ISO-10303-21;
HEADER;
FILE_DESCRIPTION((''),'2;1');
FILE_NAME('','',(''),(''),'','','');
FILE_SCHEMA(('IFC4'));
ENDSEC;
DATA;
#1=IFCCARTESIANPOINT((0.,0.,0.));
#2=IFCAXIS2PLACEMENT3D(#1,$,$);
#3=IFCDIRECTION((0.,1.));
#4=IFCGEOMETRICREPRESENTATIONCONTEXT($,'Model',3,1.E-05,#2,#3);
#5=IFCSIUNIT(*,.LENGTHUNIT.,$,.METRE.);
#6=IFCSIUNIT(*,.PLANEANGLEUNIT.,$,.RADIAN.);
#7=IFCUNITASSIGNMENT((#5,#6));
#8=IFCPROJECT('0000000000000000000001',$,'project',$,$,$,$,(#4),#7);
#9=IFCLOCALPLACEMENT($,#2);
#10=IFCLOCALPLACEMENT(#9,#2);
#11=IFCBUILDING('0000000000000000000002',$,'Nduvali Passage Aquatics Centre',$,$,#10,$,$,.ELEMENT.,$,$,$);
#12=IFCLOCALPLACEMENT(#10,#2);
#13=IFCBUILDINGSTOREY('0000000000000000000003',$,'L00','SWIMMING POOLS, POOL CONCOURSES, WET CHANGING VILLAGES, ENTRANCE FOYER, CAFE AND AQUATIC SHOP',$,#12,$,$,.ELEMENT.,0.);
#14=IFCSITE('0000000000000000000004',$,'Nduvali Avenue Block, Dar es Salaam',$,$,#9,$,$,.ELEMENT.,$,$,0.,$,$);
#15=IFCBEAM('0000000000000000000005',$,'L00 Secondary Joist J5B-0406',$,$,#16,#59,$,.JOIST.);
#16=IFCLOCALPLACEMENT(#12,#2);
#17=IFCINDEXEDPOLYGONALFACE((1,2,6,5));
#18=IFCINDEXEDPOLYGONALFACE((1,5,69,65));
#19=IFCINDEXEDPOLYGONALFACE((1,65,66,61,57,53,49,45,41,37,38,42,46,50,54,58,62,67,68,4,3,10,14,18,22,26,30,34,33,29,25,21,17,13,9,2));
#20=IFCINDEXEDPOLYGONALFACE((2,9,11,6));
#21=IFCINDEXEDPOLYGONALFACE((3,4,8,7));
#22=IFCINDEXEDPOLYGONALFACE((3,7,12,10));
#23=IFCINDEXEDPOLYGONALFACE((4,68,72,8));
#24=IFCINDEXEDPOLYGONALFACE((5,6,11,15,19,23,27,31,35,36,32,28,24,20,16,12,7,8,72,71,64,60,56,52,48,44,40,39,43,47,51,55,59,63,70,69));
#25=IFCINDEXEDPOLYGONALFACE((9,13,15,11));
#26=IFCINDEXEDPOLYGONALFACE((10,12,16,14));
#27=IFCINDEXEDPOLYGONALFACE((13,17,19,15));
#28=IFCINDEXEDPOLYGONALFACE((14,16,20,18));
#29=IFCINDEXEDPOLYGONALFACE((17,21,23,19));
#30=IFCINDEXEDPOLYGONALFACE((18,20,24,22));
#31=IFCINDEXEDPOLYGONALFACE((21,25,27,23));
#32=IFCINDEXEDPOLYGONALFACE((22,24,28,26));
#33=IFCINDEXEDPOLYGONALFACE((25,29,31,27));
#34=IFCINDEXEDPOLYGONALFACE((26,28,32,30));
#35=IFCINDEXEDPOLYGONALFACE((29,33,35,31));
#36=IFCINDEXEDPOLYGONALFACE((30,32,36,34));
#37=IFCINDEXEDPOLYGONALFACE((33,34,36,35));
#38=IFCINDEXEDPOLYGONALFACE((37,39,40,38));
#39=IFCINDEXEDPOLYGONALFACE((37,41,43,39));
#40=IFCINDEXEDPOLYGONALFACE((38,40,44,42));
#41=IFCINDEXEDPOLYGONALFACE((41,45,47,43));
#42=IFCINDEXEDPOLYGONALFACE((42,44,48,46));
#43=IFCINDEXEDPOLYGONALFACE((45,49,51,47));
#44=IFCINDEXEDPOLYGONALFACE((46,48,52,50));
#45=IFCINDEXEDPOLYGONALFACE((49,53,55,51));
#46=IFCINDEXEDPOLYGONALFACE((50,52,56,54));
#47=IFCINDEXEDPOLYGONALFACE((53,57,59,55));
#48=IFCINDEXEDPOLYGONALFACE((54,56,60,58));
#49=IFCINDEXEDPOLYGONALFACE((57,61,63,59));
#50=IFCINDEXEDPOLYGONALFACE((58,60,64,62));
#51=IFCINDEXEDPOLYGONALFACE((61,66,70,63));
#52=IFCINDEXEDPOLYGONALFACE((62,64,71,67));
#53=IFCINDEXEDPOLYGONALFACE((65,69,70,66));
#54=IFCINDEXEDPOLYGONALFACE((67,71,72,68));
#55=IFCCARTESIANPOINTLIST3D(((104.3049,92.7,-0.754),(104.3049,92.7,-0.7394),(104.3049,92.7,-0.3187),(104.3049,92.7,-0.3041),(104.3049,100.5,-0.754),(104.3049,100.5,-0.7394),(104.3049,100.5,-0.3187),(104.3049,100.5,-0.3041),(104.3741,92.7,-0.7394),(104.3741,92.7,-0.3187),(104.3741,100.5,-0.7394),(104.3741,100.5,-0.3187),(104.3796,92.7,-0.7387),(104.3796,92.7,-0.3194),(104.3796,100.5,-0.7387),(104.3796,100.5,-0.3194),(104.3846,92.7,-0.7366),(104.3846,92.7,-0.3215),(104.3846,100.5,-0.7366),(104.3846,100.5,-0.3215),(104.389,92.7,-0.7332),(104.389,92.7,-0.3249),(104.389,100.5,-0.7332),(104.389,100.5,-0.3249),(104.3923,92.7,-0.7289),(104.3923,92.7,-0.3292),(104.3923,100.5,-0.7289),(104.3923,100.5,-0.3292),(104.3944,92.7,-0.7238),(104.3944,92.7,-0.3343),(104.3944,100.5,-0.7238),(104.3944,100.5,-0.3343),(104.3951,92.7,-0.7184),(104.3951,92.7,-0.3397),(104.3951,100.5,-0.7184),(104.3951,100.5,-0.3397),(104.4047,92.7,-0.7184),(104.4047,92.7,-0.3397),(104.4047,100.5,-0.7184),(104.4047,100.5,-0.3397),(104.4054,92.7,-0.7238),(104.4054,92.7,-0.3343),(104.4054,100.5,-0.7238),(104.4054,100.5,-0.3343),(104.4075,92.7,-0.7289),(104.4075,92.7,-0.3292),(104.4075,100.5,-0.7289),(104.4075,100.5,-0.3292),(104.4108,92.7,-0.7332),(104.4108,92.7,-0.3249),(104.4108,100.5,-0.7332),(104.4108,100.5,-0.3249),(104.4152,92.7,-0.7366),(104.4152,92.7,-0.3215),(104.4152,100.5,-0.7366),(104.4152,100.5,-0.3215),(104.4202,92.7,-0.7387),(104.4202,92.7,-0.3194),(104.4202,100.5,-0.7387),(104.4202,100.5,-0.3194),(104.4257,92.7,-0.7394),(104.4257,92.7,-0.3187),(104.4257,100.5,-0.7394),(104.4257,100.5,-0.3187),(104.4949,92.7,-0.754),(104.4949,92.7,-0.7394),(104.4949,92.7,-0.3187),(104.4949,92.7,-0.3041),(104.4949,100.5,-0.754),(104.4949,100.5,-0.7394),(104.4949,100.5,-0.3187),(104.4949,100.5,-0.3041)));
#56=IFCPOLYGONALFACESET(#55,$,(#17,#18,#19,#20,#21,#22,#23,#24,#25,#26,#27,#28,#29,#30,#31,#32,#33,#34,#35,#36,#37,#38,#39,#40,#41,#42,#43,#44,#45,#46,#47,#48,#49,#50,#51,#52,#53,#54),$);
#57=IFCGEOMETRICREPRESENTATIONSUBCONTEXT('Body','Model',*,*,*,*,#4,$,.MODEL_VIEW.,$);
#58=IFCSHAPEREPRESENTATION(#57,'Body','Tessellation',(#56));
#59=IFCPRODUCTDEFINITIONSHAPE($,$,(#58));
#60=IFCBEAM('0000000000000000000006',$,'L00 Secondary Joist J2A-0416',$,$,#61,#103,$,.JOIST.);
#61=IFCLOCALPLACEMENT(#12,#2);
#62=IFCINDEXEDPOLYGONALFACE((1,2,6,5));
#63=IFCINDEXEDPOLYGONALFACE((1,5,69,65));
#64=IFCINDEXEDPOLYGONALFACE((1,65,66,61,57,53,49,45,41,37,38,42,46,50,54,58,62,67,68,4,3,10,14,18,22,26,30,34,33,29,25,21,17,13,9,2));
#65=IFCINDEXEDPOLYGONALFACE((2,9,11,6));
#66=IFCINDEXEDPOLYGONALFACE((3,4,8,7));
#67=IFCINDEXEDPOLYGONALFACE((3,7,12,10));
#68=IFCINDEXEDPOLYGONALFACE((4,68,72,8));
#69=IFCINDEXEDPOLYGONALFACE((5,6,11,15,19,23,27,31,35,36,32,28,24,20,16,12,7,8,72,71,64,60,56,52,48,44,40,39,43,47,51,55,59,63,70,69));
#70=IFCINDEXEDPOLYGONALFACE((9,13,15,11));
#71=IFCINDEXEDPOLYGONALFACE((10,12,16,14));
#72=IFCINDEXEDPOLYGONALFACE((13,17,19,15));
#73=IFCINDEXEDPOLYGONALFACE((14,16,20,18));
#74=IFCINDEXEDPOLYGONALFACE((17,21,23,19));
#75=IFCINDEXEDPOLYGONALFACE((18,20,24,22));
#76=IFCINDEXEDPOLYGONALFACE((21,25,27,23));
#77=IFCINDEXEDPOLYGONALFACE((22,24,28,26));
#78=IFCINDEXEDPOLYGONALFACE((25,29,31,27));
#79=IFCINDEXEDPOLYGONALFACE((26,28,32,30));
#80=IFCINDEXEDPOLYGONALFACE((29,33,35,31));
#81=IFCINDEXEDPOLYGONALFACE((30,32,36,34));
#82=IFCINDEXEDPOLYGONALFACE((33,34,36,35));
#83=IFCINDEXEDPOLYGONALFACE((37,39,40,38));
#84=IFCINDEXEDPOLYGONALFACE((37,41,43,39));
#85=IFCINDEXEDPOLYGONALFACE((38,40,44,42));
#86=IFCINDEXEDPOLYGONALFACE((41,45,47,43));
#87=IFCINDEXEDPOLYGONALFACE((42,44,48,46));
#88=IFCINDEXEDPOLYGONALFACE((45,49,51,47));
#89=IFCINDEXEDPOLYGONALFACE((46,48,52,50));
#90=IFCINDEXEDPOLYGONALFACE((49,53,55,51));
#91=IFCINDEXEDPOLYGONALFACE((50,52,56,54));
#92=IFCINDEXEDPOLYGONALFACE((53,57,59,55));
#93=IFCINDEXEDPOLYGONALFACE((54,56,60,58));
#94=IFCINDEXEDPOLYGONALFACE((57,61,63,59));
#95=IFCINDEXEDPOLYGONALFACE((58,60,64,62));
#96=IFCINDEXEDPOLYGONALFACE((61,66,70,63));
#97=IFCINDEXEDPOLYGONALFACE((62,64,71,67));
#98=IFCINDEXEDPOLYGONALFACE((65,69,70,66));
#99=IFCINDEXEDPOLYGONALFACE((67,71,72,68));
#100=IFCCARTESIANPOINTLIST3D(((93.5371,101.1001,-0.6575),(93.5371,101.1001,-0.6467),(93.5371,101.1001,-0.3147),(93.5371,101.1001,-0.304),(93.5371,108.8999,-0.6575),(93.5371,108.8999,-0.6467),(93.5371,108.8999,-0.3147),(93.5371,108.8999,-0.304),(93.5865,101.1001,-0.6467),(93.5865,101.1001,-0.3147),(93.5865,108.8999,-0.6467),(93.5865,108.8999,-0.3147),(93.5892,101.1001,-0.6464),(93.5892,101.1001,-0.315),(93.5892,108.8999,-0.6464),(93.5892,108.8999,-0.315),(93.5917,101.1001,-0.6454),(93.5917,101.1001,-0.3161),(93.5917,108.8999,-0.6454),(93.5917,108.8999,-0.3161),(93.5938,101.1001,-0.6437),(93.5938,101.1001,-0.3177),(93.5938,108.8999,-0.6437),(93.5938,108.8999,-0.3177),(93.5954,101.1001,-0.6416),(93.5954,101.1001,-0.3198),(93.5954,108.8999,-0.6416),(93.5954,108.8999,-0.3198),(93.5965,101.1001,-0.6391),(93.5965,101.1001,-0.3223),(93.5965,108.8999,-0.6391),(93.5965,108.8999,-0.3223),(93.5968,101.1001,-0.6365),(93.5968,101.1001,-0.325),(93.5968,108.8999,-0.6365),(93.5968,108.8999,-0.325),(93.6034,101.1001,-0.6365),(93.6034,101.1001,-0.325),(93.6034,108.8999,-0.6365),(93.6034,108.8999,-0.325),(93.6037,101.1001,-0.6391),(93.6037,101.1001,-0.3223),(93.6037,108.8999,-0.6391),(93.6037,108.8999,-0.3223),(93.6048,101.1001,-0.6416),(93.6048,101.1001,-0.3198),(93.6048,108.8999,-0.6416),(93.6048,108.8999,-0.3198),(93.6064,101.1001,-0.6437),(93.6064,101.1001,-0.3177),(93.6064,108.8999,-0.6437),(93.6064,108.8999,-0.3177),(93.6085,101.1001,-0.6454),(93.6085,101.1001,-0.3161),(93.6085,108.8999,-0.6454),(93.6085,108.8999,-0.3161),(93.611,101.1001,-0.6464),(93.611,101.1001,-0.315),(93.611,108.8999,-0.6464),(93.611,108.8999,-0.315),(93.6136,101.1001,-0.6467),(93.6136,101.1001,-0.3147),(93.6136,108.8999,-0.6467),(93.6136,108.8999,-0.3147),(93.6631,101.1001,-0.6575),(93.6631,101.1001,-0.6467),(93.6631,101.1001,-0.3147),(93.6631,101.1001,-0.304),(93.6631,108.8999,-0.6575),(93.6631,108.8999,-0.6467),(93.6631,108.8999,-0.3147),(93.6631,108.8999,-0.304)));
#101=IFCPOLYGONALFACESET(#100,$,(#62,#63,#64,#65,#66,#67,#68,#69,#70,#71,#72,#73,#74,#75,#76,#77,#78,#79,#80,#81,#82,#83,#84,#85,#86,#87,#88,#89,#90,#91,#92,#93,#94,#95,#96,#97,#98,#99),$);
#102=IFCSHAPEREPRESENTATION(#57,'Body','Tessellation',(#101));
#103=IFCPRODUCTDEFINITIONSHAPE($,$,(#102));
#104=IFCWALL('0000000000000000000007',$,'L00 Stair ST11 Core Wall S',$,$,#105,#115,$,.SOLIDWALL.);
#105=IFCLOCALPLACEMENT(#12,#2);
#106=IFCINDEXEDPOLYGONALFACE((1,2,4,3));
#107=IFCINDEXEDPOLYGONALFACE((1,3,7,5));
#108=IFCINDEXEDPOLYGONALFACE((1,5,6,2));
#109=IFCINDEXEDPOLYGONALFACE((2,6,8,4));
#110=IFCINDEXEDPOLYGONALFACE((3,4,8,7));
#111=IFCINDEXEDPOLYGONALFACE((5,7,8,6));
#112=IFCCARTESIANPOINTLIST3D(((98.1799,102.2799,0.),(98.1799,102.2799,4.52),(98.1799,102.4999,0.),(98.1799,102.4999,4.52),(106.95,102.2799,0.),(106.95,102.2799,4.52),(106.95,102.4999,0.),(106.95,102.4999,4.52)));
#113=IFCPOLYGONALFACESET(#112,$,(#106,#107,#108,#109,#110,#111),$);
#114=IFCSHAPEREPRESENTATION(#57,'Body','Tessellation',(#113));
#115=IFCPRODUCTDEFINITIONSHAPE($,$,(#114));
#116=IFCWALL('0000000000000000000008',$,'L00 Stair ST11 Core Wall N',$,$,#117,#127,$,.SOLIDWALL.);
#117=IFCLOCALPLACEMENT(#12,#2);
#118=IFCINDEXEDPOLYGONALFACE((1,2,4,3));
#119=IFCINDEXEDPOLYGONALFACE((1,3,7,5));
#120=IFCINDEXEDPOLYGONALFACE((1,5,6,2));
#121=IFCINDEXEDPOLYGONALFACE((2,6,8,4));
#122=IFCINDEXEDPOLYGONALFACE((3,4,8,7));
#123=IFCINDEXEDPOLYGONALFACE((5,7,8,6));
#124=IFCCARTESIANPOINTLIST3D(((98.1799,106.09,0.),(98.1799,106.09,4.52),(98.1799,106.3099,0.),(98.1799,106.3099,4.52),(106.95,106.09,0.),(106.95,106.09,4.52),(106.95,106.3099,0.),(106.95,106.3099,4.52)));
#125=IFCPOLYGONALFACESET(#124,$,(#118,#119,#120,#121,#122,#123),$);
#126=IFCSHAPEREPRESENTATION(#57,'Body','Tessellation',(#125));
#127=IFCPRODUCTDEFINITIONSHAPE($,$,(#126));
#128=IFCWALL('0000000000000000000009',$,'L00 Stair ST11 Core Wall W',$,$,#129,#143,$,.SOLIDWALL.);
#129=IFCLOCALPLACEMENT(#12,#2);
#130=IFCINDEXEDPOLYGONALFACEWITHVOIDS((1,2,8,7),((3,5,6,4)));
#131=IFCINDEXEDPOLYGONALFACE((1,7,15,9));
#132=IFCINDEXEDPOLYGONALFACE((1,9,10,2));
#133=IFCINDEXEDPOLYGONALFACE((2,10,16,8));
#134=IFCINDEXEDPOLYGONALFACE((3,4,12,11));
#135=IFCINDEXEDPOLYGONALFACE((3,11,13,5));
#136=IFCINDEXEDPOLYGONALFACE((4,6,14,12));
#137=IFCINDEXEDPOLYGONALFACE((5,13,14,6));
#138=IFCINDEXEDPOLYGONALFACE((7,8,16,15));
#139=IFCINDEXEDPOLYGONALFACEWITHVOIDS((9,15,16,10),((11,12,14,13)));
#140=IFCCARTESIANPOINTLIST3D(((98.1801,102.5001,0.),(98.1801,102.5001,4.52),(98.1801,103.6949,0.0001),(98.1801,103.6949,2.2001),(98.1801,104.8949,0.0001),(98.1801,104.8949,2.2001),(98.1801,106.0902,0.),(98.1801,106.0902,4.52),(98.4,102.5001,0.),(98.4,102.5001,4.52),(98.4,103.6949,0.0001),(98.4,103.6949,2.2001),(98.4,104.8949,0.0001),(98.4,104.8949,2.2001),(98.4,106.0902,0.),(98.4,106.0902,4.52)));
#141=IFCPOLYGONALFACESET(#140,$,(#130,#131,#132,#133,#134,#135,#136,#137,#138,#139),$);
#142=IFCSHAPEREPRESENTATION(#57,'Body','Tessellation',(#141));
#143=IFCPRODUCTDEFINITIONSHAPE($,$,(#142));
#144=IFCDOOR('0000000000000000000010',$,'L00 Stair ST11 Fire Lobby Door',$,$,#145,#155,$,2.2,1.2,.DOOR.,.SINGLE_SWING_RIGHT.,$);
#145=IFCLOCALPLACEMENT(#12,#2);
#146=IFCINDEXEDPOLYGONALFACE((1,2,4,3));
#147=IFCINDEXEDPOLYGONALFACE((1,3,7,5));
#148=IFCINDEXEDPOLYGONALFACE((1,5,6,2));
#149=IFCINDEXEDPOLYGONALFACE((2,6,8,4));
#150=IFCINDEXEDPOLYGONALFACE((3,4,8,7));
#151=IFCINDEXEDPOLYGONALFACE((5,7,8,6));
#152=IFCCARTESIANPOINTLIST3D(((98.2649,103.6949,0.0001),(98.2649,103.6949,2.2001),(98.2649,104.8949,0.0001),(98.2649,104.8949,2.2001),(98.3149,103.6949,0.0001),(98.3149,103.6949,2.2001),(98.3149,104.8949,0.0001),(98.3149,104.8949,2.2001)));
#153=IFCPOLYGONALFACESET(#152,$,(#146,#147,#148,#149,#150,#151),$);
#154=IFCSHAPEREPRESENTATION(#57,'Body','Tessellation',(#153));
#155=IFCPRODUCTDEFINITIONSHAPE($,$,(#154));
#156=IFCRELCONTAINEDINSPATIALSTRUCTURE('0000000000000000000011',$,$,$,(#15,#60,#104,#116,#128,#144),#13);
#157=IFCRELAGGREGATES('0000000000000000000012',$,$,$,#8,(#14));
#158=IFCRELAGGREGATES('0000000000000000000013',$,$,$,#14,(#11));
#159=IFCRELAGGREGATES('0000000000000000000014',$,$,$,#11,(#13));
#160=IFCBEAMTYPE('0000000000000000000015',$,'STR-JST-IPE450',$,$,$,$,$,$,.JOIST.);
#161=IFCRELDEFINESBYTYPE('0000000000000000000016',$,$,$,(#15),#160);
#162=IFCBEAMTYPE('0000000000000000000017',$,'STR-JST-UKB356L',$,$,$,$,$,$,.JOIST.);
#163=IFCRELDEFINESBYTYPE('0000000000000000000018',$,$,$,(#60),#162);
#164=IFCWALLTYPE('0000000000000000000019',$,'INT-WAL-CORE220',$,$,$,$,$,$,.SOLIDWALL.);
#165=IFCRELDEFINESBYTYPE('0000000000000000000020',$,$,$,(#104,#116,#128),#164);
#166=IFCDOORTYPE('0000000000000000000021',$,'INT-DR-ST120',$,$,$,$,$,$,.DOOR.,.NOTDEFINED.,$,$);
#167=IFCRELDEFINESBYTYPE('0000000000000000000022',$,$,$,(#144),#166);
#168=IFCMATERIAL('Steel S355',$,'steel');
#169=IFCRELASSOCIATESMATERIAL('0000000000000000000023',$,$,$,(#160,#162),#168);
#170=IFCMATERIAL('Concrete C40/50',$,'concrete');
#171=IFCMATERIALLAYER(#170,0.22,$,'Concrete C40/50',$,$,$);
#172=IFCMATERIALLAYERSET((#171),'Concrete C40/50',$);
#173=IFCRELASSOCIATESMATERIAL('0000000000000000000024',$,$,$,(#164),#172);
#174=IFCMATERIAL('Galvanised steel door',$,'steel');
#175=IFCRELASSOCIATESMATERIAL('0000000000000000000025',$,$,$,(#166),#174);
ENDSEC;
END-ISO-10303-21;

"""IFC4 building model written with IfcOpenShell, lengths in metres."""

from ifc_helpers import new_model, si_unit, direction, frame, frame_2d, origin, origin_2d, place, context, subcontext, project, spatial, rectangle, i_section, extrude, material, layer, layer_set, material_profile, profile_set, type_object, element, fill, save


model = new_model("IFC4")

# Units and contexts
model_context = context("Model", 3, precision=1e-05, world=origin(), true_north=direction((0.0, 1.0)))
body_context = subcontext(model_context, "Body", "Model", "MODEL_VIEW")
ifc_project = project(units=[si_unit("LENGTHUNIT", "METRE"), si_unit("PLANEANGLEUNIT", "RADIAN")], contexts=[model_context])

# Site, building, storey
site_placement = place(None, origin())
site = spatial("IfcSite", under=ifc_project, at=site_placement, Name="Nduvali Avenue Block, Dar es Salaam", CompositionType="ELEMENT", RefElevation=0.0)
building_placement = place(site_placement, origin())
building = spatial("IfcBuilding", under=site, at=building_placement, Name="Nduvali Passage Aquatics Centre", CompositionType="ELEMENT")
storey_placement = place(building_placement, origin())
storey = spatial("IfcBuildingStorey", under=building, at=storey_placement, Name="L00", Description="SWIMMING POOLS, POOL CONCOURSES, WET CHANGING VILLAGES, ENTRANCE FOYER, CAFE AND AQUATIC SHOP", CompositionType="ELEMENT", Elevation=0.0)

# Shared definitions
ifc_material_1 = material(Name="Concrete C40/50", Category="concrete")

# Beams
ifc_material_2 = material(Name="Steel S355", Category="steel")
ifc_material_profile_1 = material_profile(ifc_material_2, i_section(OverallWidth=0.1899, OverallDepth=0.45, WebThickness=0.0095, FlangeThickness=0.0146, FilletRadius=0.021, at=origin_2d()), Name="IPE 450")
ifc_profile_set_1 = profile_set([ifc_material_profile_1], Name="Steel S355")
beam_type_1 = type_object("IfcBeamType", Name="STR-JST-IPE450", PredefinedType="JOIST", material=ifc_profile_set_1)
for number, where, z_axis, x_axis, name in (
    (1, (104.3999, 92.7, -0.5291), (0.0, 1.0, 0.0), (-1.0, 0.0, 0.0), "L00 Secondary Joist J5B-0406"),
):
    element("IfcBeam", number, at=place(storey_placement, frame(where, z_axis=z_axis, x_axis=x_axis)), inside=storey, type_object=beam_type_1, Name=name, PredefinedType="JOIST", context=body_context, shape_type="SweptSolid", body=[
        extrude(i_section(OverallWidth=0.1899, OverallDepth=0.45, WebThickness=0.0095, FlangeThickness=0.0146, FilletRadius=0.021, at=origin_2d()), origin(), (0.0, 0.0, 1.0), 7.8),
    ])
ifc_material_profile_2 = material_profile(ifc_material_2, i_section(OverallWidth=0.126, OverallDepth=0.3535, WebThickness=0.0066, FlangeThickness=0.0107, FilletRadius=0.0103, at=origin_2d()), Name="UKB 356x127x39")
ifc_profile_set_2 = profile_set([ifc_material_profile_2], Name="Steel S355")
beam_type_2 = type_object("IfcBeamType", Name="STR-JST-UKB356L", PredefinedType="JOIST", material=ifc_profile_set_2)
beam_1_placement = place(storey_placement, frame((93.6001, 101.1001, -0.4807), z_axis=(0.0, 1.0, 0.0), x_axis=(-1.0, 0.0, 0.0)))
element("IfcBeam", 2, at=beam_1_placement, inside=storey, type_object=beam_type_2, Name="L00 Secondary Joist J2A-0416", PredefinedType="JOIST", context=body_context, shape_type="SweptSolid", body=[
    extrude(i_section(OverallWidth=0.126, OverallDepth=0.3535, WebThickness=0.0066, FlangeThickness=0.0107, FilletRadius=0.0103, at=origin_2d()), origin(), (0.0, 0.0, 1.0), 7.7998),
])

# Walls
ifc_layer_1 = layer(ifc_material_1, 0.22, Name="Concrete C40/50")
ifc_layer_set_1 = layer_set([ifc_layer_1], Name="Concrete C40/50")
wall_type_1 = type_object("IfcWallType", Name="INT-WAL-CORE220", PredefinedType="SOLIDWALL", material=ifc_layer_set_1)
for number, where, z_axis, x_axis, name in (
    (3, (98.1799, 102.3899, 0.0), (0.0, 0.0, 1.0), (1.0, 0.0, 0.0), "L00 Stair ST11 Core Wall S"),
    (4, (106.95, 106.2, 0.0), (0.0, 0.0, 1.0), (-1.0, 0.0, 0.0), "L00 Stair ST11 Core Wall N"),
):
    element("IfcWall", number, at=place(storey_placement, frame(where, z_axis=z_axis, x_axis=x_axis)), inside=storey, type_object=wall_type_1, Name=name, PredefinedType="SOLIDWALL", context=body_context, shape_type="SweptSolid", body=[
        extrude(rectangle(XDim=8.77, YDim=0.22, at=frame_2d((4.385, 0.0))), origin(), (0.0, 0.0, 1.0), 4.52),
    ])

# Wall, opening, door
wall_1_placement = place(storey_placement, frame((98.29, 106.0901, 0.0), z_axis=(0.0, 0.0, 1.0), x_axis=(0.0, -1.0, 0.0)))
wall_1 = element("IfcWall", 5, at=wall_1_placement, inside=storey, type_object=wall_type_1, Name="L00 Stair ST11 Core Wall W", PredefinedType="SOLIDWALL", context=body_context, shape_type="SweptSolid", body=[
    extrude(rectangle(XDim=3.5901, YDim=0.22, at=frame_2d((1.7949, 0.0))), origin(), (0.0, 0.0, 1.0), 4.52),
])
opening_1_placement = place(wall_1_placement, frame((1.1951, 0.0, 0.0)))
opening_1 = element("IfcOpeningElement", 6, at=opening_1_placement, cuts=wall_1, PredefinedType="OPENING", context=body_context, shape_type="SweptSolid", body=[
    extrude(rectangle(XDim=1.2, YDim=2.2, at=frame_2d((0.6001, 1.1001))), frame((0.0, 0.125, 0.0), z_axis=(0.0, -1.0, 0.0), x_axis=(1.0, 0.0, 0.0)), (0.0, 0.0, 1.0), 0.2498),
])
ifc_material_3 = material(Name="Galvanised steel door", Category="steel")
door_type_1 = type_object("IfcDoorType", Name="INT-DR-ST120", OperationType="NOTDEFINED", PredefinedType="DOOR", material=ifc_material_3)
door_1_placement = place(opening_1_placement, origin())
door_1 = element("IfcDoor", 7, at=door_1_placement, inside=storey, type_object=door_type_1, Name="L00 Stair ST11 Fire Lobby Door", OperationType="SINGLE_SWING_RIGHT", OverallHeight=2.2, OverallWidth=1.2, PredefinedType="DOOR", context=body_context, shape_type="SweptSolid", body=[
    extrude(rectangle(XDim=1.2, YDim=2.2, at=frame_2d((0.6001, 1.1001))), frame((0.0, 0.0249, 0.0), z_axis=(0.0, -1.0, 0.0), x_axis=(1.0, 0.0, 0.0)), (0.0, 0.0, 1.0), 0.05),
])
fill(opening_1, door_1)

save(model, "model.ifc")
